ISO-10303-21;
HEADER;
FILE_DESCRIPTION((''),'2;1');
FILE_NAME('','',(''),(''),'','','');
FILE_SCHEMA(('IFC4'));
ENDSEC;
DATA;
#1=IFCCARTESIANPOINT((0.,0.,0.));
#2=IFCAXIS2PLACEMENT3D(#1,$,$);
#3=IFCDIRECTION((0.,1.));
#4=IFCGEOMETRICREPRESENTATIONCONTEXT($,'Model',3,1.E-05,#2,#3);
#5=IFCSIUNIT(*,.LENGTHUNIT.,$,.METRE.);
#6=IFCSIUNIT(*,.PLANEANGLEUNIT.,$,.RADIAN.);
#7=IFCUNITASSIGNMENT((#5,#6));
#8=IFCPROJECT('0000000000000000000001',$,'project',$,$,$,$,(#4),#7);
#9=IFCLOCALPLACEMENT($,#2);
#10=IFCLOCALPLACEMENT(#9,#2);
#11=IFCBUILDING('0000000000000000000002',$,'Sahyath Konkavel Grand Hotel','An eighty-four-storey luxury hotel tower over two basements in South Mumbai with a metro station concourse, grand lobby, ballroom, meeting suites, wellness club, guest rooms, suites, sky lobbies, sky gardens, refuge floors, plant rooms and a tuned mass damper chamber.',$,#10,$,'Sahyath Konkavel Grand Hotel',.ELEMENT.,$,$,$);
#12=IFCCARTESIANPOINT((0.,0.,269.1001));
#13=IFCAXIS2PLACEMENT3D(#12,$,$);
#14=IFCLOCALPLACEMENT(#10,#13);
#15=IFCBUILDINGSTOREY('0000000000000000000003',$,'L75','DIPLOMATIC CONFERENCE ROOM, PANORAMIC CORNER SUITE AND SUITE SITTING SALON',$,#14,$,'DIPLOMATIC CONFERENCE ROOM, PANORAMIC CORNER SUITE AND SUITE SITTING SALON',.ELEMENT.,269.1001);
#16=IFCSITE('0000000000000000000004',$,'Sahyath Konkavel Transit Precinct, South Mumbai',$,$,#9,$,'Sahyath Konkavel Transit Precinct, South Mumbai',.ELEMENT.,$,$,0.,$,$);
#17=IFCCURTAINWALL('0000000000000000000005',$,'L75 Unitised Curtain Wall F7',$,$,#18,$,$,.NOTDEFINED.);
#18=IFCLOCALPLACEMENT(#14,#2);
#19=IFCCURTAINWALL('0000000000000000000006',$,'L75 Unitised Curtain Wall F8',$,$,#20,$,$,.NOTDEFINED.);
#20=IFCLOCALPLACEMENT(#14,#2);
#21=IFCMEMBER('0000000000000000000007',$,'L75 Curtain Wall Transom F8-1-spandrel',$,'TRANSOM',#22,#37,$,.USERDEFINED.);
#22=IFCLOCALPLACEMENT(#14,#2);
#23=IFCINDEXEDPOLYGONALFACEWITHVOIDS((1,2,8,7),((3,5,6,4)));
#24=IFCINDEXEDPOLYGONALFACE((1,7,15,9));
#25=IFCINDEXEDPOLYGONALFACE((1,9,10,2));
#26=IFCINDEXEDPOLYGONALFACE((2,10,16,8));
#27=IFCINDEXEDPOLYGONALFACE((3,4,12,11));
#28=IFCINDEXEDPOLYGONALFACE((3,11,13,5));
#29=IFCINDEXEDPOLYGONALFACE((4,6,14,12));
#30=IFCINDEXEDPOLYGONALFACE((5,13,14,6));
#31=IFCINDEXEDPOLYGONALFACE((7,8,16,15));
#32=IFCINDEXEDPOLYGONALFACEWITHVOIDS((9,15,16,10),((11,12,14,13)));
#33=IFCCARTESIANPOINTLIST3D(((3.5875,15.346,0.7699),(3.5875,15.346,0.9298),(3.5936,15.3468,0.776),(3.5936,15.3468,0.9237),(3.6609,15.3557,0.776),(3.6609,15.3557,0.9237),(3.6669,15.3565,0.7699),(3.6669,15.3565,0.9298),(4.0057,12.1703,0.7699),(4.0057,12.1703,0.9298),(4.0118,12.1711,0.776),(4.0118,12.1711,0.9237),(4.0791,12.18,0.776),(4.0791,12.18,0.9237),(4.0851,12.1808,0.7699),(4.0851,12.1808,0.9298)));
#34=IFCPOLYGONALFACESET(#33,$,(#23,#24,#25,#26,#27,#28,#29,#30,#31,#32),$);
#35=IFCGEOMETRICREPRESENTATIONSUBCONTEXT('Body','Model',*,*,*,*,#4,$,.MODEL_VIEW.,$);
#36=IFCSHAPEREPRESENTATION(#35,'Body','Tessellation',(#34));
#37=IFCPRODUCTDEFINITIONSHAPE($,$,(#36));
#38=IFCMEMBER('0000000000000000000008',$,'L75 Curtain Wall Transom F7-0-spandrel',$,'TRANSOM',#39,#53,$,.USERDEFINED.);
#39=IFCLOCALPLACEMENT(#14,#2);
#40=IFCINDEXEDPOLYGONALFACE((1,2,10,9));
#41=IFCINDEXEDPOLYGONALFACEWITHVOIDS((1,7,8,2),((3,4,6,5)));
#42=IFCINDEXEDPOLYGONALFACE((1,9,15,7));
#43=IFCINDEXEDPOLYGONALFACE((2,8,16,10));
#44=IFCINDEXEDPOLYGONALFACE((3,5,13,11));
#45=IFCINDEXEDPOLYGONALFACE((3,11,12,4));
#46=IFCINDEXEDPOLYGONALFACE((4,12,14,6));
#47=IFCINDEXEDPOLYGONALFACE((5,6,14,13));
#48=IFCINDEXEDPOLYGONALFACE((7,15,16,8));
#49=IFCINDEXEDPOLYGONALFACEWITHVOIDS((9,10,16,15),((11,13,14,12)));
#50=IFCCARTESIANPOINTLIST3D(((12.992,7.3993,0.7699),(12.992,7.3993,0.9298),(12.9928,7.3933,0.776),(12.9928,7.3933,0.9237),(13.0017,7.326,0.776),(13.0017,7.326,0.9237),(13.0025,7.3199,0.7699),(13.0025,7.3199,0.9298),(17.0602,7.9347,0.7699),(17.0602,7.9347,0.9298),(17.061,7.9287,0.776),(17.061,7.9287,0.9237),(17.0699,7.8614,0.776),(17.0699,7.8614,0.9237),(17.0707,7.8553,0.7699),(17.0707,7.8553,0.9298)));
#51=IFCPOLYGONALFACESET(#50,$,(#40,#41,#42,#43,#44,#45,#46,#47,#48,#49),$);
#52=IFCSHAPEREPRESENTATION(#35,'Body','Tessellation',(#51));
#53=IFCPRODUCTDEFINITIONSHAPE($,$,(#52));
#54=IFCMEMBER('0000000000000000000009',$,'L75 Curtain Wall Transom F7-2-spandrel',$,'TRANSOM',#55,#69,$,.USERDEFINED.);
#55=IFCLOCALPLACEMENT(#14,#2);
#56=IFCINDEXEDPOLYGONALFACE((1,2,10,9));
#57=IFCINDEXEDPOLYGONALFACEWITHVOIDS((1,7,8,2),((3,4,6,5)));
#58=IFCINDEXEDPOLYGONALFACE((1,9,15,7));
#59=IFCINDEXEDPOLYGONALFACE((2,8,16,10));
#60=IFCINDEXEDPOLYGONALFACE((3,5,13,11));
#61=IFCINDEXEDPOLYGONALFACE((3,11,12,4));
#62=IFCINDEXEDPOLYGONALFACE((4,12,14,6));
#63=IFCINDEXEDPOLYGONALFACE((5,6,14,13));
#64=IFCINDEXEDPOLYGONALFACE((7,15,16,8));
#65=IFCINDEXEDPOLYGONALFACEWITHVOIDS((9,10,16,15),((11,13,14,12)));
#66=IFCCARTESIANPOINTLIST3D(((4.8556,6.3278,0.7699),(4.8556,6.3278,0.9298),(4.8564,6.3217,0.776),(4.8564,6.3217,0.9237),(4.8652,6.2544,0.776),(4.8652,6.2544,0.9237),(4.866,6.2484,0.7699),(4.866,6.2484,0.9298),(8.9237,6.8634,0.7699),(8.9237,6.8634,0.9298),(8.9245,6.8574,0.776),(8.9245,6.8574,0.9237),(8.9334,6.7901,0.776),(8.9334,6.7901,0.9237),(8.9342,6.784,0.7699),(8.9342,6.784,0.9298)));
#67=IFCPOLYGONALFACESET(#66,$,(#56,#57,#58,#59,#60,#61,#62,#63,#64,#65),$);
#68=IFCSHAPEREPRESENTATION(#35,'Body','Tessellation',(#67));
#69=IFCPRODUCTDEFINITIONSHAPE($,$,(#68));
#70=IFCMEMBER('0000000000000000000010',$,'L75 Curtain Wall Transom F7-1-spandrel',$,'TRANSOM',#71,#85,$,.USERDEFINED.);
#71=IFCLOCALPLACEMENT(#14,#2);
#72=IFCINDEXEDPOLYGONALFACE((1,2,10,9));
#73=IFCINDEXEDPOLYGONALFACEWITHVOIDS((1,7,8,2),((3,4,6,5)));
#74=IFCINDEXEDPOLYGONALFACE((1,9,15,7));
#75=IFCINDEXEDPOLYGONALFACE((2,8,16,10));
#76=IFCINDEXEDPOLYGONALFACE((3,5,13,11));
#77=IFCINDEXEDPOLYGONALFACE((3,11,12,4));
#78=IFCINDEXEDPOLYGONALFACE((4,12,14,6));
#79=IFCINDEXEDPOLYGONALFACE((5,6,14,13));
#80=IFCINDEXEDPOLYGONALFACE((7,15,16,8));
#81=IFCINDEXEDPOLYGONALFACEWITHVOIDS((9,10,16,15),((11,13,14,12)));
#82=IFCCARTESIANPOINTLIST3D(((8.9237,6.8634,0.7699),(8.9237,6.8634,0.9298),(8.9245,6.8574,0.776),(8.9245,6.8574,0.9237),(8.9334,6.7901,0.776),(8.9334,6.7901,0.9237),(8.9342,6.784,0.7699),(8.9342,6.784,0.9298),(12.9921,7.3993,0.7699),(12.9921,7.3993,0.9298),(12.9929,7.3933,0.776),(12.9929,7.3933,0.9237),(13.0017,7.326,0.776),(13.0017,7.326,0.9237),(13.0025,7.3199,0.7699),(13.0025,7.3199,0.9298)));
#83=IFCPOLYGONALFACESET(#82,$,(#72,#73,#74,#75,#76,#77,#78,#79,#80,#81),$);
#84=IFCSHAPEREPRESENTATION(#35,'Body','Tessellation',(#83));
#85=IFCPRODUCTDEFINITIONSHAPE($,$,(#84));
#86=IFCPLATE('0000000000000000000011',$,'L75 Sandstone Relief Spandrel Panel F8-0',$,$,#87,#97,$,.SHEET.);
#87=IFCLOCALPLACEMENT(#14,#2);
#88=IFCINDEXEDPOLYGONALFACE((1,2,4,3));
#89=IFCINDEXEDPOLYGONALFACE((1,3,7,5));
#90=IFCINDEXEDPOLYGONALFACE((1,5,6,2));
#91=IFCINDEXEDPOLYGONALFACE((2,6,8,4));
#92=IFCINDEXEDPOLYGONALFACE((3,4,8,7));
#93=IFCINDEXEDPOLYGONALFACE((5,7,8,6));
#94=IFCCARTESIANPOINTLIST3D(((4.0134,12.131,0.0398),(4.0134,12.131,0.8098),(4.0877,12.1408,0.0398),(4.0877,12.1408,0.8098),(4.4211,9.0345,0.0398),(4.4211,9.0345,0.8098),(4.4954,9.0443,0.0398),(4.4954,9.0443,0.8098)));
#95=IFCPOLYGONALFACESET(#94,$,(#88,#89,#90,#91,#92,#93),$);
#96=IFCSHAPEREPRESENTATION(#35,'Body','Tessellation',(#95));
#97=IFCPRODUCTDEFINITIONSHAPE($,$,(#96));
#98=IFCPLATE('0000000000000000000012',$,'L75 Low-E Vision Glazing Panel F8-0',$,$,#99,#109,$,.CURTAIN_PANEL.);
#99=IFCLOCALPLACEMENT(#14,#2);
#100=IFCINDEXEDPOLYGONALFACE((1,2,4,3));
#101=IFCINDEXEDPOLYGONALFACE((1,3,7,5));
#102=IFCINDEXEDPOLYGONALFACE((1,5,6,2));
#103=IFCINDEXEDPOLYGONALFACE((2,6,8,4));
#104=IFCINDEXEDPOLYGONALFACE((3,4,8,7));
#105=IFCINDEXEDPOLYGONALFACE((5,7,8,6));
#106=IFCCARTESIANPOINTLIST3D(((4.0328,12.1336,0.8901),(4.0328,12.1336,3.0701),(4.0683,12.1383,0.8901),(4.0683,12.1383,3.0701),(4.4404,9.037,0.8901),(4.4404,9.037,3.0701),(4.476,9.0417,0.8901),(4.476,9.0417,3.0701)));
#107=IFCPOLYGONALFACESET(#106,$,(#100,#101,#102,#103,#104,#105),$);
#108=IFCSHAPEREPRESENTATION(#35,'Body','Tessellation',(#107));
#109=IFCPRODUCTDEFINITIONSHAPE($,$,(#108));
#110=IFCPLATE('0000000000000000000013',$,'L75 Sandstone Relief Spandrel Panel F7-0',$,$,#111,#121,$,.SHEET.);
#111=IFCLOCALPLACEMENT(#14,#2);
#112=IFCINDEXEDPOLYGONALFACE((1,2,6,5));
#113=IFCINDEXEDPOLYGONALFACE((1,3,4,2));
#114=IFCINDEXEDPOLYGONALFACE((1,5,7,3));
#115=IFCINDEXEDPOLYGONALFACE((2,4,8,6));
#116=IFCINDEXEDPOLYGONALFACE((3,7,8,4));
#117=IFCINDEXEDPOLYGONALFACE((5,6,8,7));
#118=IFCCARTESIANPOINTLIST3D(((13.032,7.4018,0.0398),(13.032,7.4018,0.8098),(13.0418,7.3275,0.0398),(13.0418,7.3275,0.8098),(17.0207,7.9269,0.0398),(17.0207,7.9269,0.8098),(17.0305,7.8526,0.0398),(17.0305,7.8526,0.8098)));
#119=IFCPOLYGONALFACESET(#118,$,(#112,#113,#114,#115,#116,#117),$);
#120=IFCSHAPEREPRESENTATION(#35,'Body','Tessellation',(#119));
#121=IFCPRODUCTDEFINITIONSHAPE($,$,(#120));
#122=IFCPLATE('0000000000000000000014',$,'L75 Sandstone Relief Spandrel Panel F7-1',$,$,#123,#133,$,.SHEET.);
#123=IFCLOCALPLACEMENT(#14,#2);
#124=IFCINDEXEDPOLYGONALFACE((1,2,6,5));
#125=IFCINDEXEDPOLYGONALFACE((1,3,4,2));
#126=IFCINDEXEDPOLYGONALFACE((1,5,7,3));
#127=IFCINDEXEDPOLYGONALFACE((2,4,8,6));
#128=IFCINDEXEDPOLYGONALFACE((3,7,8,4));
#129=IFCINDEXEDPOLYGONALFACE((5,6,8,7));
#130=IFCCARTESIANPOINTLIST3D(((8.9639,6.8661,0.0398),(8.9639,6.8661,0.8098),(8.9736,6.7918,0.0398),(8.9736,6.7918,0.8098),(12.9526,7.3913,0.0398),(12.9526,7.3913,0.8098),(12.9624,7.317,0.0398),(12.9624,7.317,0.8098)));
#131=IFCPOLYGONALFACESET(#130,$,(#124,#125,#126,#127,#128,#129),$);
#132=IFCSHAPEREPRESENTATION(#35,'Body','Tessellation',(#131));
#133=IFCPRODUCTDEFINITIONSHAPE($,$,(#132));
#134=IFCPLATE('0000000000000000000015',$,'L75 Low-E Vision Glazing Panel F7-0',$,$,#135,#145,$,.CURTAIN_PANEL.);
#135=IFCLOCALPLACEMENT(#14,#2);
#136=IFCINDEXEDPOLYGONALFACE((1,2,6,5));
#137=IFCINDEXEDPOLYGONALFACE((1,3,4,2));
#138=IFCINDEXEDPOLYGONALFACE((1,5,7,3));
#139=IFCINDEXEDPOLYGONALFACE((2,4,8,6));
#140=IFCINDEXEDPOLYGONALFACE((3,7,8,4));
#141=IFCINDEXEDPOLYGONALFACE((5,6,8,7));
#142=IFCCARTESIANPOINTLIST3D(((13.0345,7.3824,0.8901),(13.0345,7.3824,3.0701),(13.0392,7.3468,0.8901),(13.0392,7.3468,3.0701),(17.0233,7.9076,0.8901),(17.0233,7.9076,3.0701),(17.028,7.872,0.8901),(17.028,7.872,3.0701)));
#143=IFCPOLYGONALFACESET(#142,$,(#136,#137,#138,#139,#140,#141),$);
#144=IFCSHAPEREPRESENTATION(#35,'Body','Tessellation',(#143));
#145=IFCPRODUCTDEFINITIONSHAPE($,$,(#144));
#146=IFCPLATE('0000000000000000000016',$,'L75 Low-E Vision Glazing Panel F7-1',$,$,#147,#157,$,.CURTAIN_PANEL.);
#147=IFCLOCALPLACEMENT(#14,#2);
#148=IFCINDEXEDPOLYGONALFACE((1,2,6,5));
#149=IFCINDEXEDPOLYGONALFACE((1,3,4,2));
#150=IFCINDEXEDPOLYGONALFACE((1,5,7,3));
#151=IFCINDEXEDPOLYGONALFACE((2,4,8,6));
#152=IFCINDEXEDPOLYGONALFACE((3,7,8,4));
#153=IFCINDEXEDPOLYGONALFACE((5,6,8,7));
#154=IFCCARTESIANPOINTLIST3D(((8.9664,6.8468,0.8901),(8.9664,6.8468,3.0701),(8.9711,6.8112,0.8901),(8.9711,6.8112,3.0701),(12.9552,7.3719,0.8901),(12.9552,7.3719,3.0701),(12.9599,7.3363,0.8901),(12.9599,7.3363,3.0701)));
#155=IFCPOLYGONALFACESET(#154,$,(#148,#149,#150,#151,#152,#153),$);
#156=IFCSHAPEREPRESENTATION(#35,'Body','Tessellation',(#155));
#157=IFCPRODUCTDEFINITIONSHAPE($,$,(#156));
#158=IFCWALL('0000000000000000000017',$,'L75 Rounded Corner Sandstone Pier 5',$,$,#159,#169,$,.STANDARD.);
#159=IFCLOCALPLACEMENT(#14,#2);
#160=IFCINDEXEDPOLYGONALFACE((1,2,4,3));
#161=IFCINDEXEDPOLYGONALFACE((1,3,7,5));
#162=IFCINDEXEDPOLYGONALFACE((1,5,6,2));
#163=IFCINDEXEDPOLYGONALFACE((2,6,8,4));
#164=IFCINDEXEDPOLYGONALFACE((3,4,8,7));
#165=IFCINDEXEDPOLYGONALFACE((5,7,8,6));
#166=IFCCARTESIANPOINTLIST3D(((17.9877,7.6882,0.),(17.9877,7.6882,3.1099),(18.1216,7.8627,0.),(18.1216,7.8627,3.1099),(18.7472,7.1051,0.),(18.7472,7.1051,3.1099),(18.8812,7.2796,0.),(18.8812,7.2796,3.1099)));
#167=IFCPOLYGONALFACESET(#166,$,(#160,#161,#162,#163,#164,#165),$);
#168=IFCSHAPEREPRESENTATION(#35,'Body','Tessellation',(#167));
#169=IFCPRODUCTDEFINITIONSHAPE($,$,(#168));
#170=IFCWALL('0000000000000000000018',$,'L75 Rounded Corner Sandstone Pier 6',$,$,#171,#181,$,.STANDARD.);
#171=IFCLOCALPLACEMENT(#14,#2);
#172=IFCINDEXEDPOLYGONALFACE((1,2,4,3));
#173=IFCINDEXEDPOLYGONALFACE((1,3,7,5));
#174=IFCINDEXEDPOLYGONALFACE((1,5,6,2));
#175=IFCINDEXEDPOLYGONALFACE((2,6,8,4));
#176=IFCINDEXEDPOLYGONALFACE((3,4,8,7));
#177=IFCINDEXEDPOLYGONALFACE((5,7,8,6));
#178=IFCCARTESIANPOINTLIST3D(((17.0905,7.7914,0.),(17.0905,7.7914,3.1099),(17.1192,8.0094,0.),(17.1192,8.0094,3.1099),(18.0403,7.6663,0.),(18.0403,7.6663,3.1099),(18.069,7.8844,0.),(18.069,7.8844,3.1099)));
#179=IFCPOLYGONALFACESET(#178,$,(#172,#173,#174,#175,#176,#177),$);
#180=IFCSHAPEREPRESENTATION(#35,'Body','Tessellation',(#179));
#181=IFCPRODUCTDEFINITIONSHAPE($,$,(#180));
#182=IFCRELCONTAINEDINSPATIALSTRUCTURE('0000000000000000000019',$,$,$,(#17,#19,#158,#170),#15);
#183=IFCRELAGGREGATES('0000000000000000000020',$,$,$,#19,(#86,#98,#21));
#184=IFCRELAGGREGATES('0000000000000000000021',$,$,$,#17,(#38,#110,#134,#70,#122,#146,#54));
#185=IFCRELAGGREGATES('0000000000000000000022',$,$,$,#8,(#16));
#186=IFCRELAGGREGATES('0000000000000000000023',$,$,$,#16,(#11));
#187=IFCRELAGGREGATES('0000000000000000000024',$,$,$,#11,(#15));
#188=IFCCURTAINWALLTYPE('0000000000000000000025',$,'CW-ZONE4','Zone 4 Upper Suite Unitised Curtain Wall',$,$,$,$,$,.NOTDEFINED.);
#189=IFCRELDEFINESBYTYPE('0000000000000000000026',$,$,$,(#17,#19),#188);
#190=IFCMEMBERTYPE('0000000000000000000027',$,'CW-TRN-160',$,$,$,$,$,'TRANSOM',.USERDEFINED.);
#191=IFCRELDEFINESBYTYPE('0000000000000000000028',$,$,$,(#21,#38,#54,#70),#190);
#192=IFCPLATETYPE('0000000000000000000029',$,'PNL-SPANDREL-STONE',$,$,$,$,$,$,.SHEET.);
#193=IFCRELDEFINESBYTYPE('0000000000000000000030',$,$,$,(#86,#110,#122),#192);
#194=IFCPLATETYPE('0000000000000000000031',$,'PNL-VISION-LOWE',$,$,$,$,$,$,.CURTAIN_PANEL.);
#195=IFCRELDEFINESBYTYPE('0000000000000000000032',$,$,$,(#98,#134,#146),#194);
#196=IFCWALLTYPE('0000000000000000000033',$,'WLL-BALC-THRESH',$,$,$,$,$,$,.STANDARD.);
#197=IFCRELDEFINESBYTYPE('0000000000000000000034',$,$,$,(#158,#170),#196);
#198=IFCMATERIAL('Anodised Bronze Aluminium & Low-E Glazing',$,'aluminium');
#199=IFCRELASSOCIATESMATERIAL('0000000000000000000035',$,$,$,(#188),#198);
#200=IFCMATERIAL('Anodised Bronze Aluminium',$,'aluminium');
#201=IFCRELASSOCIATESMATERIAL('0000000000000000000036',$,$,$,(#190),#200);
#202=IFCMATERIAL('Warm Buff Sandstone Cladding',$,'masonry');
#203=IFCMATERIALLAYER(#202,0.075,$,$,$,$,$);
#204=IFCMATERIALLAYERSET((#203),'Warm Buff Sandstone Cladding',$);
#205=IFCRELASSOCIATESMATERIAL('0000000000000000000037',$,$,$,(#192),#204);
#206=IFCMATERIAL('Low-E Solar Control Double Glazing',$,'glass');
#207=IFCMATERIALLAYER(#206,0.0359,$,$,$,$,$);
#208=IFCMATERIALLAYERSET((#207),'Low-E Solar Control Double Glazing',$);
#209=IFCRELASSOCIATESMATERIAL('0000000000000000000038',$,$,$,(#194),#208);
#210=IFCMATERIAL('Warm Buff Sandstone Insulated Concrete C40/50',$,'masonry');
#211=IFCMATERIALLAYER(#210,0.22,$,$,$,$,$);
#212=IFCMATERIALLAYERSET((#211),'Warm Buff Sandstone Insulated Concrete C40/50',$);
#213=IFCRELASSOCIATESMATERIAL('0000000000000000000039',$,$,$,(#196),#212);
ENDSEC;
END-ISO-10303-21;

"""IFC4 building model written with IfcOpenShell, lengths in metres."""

from ifc_helpers import new_model, si_unit, direction, frame, frame_2d, origin, origin_2d, place, context, subcontext, project, spatial, rectangle, hollow_rectangle, extrude, source, transform, mapped, material, layer, layer_set, material_profile, profile_set, type_object, element, aggregate, save


model = new_model("IFC4")

# Units and contexts
model_context = context("Model", 3, precision=1e-05, world=origin(), true_north=direction((0.0, 1.0)))
body_context = subcontext(model_context, "Body", "Model", "MODEL_VIEW")
ifc_project = project(units=[si_unit("LENGTHUNIT", "METRE"), si_unit("PLANEANGLEUNIT", "RADIAN")], contexts=[model_context])

# Site, building, storey
site_placement = place(None, origin())
site = spatial("IfcSite", under=ifc_project, at=site_placement, Name="Sahyath Konkavel Transit Precinct, South Mumbai", LongName="Sahyath Konkavel Transit Precinct, South Mumbai", CompositionType="ELEMENT", RefElevation=0.0)
building_placement = place(site_placement, origin())
building = spatial("IfcBuilding", under=site, at=building_placement, Name="Sahyath Konkavel Grand Hotel", Description="An eighty-four-storey luxury hotel tower over two basements in South Mumbai with a metro station concourse, grand lobby, ballroom, meeting suites, wellness club, guest rooms, suites, sky lobbies, sky gardens, refuge floors, plant rooms and a tuned mass damper chamber.", LongName="Sahyath Konkavel Grand Hotel", CompositionType="ELEMENT")
storey_placement = place(building_placement, frame((0.0, 0.0, 269.1001)))
storey = spatial("IfcBuildingStorey", under=building, at=storey_placement, Name="L75", Description="DIPLOMATIC CONFERENCE ROOM, PANORAMIC CORNER SUITE AND SUITE SITTING SALON", LongName="DIPLOMATIC CONFERENCE ROOM, PANORAMIC CORNER SUITE AND SUITE SITTING SALON", CompositionType="ELEMENT", Elevation=269.1001)

# Shared definitions
ifc_material_1 = material(Name="Anodised Bronze Aluminium & Low-E Glazing", Category="aluminium")
curtain_wall_type = type_object("IfcCurtainWallType", Name="CW-ZONE4", Description="Zone 4 Upper Suite Unitised Curtain Wall", PredefinedType="NOTDEFINED", material=ifc_material_1)
ifc_material_2 = material(Name="Anodised Bronze Aluminium", Category="aluminium")

# Curtain wall
curtain_wall_1_placement = place(storey_placement, origin())
curtain_wall_1 = element("IfcCurtainWall", 1, at=curtain_wall_1_placement, inside=storey, type_object=curtain_wall_type, Name="L75 Unitised Curtain Wall F7", PredefinedType="NOTDEFINED")

# Curtain wall
curtain_wall_2_placement = place(storey_placement, origin())
curtain_wall_2 = element("IfcCurtainWall", 2, at=curtain_wall_2_placement, inside=storey, type_object=curtain_wall_type, Name="L75 Unitised Curtain Wall F8", PredefinedType="NOTDEFINED")

# Members
ifc_material_profile_1 = material_profile(ifc_material_2, hollow_rectangle(XDim=0.0801, YDim=0.1599, WallThickness=0.0061, at=origin_2d()), Name="RHS 160x80x6")
ifc_profile_set_1 = profile_set([ifc_material_profile_1], Name="Anodised Bronze Aluminium")
member_type_1 = type_object("IfcMemberType", Name="CW-TRN-160", ElementType="TRANSOM", PredefinedType="USERDEFINED", material=ifc_profile_set_1)
shared_shape_1 = source(origin(), body_context, "Body", "SweptSolid", [
    extrude(hollow_rectangle(XDim=0.0801, YDim=0.1599, WallThickness=0.0061, at=origin_2d()), origin(), (0.0, 0.0, 1.0), 3.2031),
])
member_1_placement = place(storey_placement, frame((4.0454, 12.1755, 0.8499), z_axis=(-0.130561, 0.99144, 0.0), x_axis=(-0.99144, -0.130561, 0.0)))
member_1 = element("IfcMember", 3, at=member_1_placement, type_object=member_type_1, Name="L75 Curtain Wall Transom F8-1-spandrel", ObjectType="TRANSOM", PredefinedType="USERDEFINED", context=body_context, shape_type="MappedRepresentation", body=[
    mapped(shared_shape_1, transform((0.0, 0.0, 0.0), scale=1.0)),
])
shared_shape_2 = source(origin(), body_context, "Body", "SweptSolid", [
    extrude(hollow_rectangle(XDim=0.0801, YDim=0.1599, WallThickness=0.0061, at=origin_2d()), origin(), (0.0, 0.0, 1.0), 4.1033),
])
member_2_placement = place(storey_placement, frame((17.0654, 7.895, 0.8499), z_axis=(-0.99145, -0.130484, 0.0), x_axis=(0.130484, -0.99145, 0.0)))
member_2 = element("IfcMember", 4, at=member_2_placement, type_object=member_type_1, Name="L75 Curtain Wall Transom F7-0-spandrel", ObjectType="TRANSOM", PredefinedType="USERDEFINED", context=body_context, shape_type="MappedRepresentation", body=[
    mapped(shared_shape_2, transform((0.0, 0.0, 0.0), scale=1.0)),
])
member_3_placement = place(storey_placement, frame((8.929, 6.8237, 0.8499), z_axis=(-0.991443, -0.130542, 0.0), x_axis=(0.130542, -0.991443, 0.0)))
member_3 = element("IfcMember", 5, at=member_3_placement, type_object=member_type_1, Name="L75 Curtain Wall Transom F7-2-spandrel", ObjectType="TRANSOM", PredefinedType="USERDEFINED", context=body_context, shape_type="MappedRepresentation", body=[
    mapped(shared_shape_2, transform((0.0, 0.0, 0.0), scale=1.0)),
])
shared_shape_3 = source(origin(), body_context, "Body", "SweptSolid", [
    extrude(hollow_rectangle(XDim=0.0801, YDim=0.1599, WallThickness=0.0061, at=origin_2d()), origin(), (0.0, 0.0, 1.0), 4.1035),
])
member_4_placement = place(storey_placement, frame((12.9973, 7.3596, 0.8499), z_axis=(-0.991436, -0.130593, 0.0), x_axis=(0.130593, -0.991436, 0.0)))
member_4 = element("IfcMember", 6, at=member_4_placement, type_object=member_type_1, Name="L75 Curtain Wall Transom F7-1-spandrel", ObjectType="TRANSOM", PredefinedType="USERDEFINED", context=body_context, shape_type="MappedRepresentation", body=[
    mapped(shared_shape_3, transform((0.0, 0.0, 0.0), scale=1.0)),
])

# Plates
ifc_material_3 = material(Name="Warm Buff Sandstone Cladding", Category="masonry")
ifc_layer_1 = layer(ifc_material_3, 0.075)
ifc_layer_set_1 = layer_set([ifc_layer_1], Name="Warm Buff Sandstone Cladding")
plate_type_1 = type_object("IfcPlateType", Name="PNL-SPANDREL-STONE", PredefinedType="SHEET", material=ifc_layer_set_1)
shared_shape_4 = source(origin(), body_context, "Body", "SweptSolid", [
    extrude(rectangle(XDim=3.1233, YDim=0.075, at=origin_2d()), origin(), (0.0, 0.0, 1.0), 0.77),
])
plate_1_placement = place(storey_placement, frame((4.2544, 10.5876, 0.0398), z_axis=(0.0, 0.0, 1.0), x_axis=(-0.130526, 0.991445, 0.0)))
plate_1 = element("IfcPlate", 7, at=plate_1_placement, type_object=plate_type_1, Name="L75 Sandstone Relief Spandrel Panel F8-0", PredefinedType="SHEET", context=body_context, shape_type="MappedRepresentation", body=[
    mapped(shared_shape_4, transform((0.0, 0.0, 0.0), scale=1.0)),
])
ifc_material_4 = material(Name="Low-E Solar Control Double Glazing", Category="glass")
ifc_layer_2 = layer(ifc_material_4, 0.0359)
ifc_layer_set_2 = layer_set([ifc_layer_2], Name="Low-E Solar Control Double Glazing")
plate_type_2 = type_object("IfcPlateType", Name="PNL-VISION-LOWE", PredefinedType="CURTAIN_PANEL", material=ifc_layer_set_2)
shared_shape_5 = source(origin(), body_context, "Body", "SweptSolid", [
    extrude(rectangle(XDim=3.1233, YDim=0.0359, at=origin_2d()), origin(), (0.0, 0.0, 1.0), 2.1799),
])
plate_2_placement = place(storey_placement, frame((4.2544, 10.5876, 0.8901), z_axis=(0.0, 0.0, 1.0), x_axis=(-0.130526, 0.991445, 0.0)))
plate_2 = element("IfcPlate", 8, at=plate_2_placement, type_object=plate_type_2, Name="L75 Low-E Vision Glazing Panel F8-0", PredefinedType="CURTAIN_PANEL", context=body_context, shape_type="MappedRepresentation", body=[
    mapped(shared_shape_5, transform((0.0, 0.0, 0.0), scale=1.0)),
])
aggregate(curtain_wall_2, [plate_1, plate_2, member_1])
shared_shape_6 = source(origin(), body_context, "Body", "SweptSolid", [
    extrude(rectangle(XDim=4.0232, YDim=0.075, at=origin_2d()), origin(), (0.0, 0.0, 1.0), 0.77),
])
plate_3_placement = place(storey_placement, frame((15.0312, 7.6272, 0.0398), z_axis=(0.0, 0.0, 1.0), x_axis=(-0.991445, -0.130526, 0.0)))
plate_3 = element("IfcPlate", 9, at=plate_3_placement, type_object=plate_type_1, Name="L75 Sandstone Relief Spandrel Panel F7-0", PredefinedType="SHEET", context=body_context, shape_type="MappedRepresentation", body=[
    mapped(shared_shape_6, transform((0.0, 0.0, 0.0), scale=1.0)),
])
plate_4_placement = place(storey_placement, frame((10.9631, 7.0916, 0.0398), z_axis=(0.0, 0.0, 1.0), x_axis=(-0.991445, -0.130526, 0.0)))
plate_4 = element("IfcPlate", 10, at=plate_4_placement, type_object=plate_type_1, Name="L75 Sandstone Relief Spandrel Panel F7-1", PredefinedType="SHEET", context=body_context, shape_type="MappedRepresentation", body=[
    mapped(shared_shape_6, transform((0.0, 0.0, 0.0), scale=1.0)),
])
shared_shape_7 = source(origin(), body_context, "Body", "SweptSolid", [
    extrude(rectangle(XDim=4.0232, YDim=0.0359, at=origin_2d()), origin(), (0.0, 0.0, 1.0), 2.1799),
])
plate_5_placement = place(storey_placement, frame((15.0312, 7.6272, 0.8901), z_axis=(0.0, 0.0, 1.0), x_axis=(-0.991445, -0.130526, 0.0)))
plate_5 = element("IfcPlate", 11, at=plate_5_placement, type_object=plate_type_2, Name="L75 Low-E Vision Glazing Panel F7-0", PredefinedType="CURTAIN_PANEL", context=body_context, shape_type="MappedRepresentation", body=[
    mapped(shared_shape_7, transform((0.0, 0.0, 0.0), scale=1.0)),
])
plate_6_placement = place(storey_placement, frame((10.9631, 7.0916, 0.8901), z_axis=(0.0, 0.0, 1.0), x_axis=(-0.991445, -0.130526, 0.0)))
plate_6 = element("IfcPlate", 12, at=plate_6_placement, type_object=plate_type_2, Name="L75 Low-E Vision Glazing Panel F7-1", PredefinedType="CURTAIN_PANEL", context=body_context, shape_type="MappedRepresentation", body=[
    mapped(shared_shape_7, transform((0.0, 0.0, 0.0), scale=1.0)),
])
aggregate(curtain_wall_1, [member_2, plate_3, plate_5, member_4, plate_4, plate_6, member_3])

# Walls
ifc_material_5 = material(Name="Warm Buff Sandstone Insulated Concrete C40/50", Category="masonry")
ifc_layer_3 = layer(ifc_material_5, 0.22)
ifc_layer_set_3 = layer_set([ifc_layer_3], Name="Warm Buff Sandstone Insulated Concrete C40/50")
wall_type_1 = type_object("IfcWallType", Name="WLL-BALC-THRESH", PredefinedType="STANDARD", material=ifc_layer_set_3)
wall_1_placement = place(storey_placement, frame((18.8142, 7.1924, 0.0), z_axis=(0.0, 0.0, 1.0), x_axis=(-0.793249, 0.608897, 0.0)))
element("IfcWall", 13, at=wall_1_placement, inside=storey, type_object=wall_type_1, Name="L75 Rounded Corner Sandstone Pier 5", PredefinedType="STANDARD", context=body_context, shape_type="SweptSolid", body=[
    extrude(rectangle(XDim=0.9575, YDim=0.22, at=frame_2d((0.4788, 0.0))), origin(), (0.0, 0.0, 1.0), 3.1099),
])
wall_2_placement = place(storey_placement, frame((18.0547, 7.7754, 0.0), z_axis=(0.0, 0.0, 1.0), x_axis=(-0.991449, 0.130494, 0.0)))
element("IfcWall", 14, at=wall_2_placement, inside=storey, type_object=wall_type_1, Name="L75 Rounded Corner Sandstone Pier 6", PredefinedType="STANDARD", context=body_context, shape_type="SweptSolid", body=[
    extrude(rectangle(XDim=0.958, YDim=0.22, at=frame_2d((0.479, 0.0))), origin(), (0.0, 0.0, 1.0), 3.1099),
])

save(model, "model.ifc")
